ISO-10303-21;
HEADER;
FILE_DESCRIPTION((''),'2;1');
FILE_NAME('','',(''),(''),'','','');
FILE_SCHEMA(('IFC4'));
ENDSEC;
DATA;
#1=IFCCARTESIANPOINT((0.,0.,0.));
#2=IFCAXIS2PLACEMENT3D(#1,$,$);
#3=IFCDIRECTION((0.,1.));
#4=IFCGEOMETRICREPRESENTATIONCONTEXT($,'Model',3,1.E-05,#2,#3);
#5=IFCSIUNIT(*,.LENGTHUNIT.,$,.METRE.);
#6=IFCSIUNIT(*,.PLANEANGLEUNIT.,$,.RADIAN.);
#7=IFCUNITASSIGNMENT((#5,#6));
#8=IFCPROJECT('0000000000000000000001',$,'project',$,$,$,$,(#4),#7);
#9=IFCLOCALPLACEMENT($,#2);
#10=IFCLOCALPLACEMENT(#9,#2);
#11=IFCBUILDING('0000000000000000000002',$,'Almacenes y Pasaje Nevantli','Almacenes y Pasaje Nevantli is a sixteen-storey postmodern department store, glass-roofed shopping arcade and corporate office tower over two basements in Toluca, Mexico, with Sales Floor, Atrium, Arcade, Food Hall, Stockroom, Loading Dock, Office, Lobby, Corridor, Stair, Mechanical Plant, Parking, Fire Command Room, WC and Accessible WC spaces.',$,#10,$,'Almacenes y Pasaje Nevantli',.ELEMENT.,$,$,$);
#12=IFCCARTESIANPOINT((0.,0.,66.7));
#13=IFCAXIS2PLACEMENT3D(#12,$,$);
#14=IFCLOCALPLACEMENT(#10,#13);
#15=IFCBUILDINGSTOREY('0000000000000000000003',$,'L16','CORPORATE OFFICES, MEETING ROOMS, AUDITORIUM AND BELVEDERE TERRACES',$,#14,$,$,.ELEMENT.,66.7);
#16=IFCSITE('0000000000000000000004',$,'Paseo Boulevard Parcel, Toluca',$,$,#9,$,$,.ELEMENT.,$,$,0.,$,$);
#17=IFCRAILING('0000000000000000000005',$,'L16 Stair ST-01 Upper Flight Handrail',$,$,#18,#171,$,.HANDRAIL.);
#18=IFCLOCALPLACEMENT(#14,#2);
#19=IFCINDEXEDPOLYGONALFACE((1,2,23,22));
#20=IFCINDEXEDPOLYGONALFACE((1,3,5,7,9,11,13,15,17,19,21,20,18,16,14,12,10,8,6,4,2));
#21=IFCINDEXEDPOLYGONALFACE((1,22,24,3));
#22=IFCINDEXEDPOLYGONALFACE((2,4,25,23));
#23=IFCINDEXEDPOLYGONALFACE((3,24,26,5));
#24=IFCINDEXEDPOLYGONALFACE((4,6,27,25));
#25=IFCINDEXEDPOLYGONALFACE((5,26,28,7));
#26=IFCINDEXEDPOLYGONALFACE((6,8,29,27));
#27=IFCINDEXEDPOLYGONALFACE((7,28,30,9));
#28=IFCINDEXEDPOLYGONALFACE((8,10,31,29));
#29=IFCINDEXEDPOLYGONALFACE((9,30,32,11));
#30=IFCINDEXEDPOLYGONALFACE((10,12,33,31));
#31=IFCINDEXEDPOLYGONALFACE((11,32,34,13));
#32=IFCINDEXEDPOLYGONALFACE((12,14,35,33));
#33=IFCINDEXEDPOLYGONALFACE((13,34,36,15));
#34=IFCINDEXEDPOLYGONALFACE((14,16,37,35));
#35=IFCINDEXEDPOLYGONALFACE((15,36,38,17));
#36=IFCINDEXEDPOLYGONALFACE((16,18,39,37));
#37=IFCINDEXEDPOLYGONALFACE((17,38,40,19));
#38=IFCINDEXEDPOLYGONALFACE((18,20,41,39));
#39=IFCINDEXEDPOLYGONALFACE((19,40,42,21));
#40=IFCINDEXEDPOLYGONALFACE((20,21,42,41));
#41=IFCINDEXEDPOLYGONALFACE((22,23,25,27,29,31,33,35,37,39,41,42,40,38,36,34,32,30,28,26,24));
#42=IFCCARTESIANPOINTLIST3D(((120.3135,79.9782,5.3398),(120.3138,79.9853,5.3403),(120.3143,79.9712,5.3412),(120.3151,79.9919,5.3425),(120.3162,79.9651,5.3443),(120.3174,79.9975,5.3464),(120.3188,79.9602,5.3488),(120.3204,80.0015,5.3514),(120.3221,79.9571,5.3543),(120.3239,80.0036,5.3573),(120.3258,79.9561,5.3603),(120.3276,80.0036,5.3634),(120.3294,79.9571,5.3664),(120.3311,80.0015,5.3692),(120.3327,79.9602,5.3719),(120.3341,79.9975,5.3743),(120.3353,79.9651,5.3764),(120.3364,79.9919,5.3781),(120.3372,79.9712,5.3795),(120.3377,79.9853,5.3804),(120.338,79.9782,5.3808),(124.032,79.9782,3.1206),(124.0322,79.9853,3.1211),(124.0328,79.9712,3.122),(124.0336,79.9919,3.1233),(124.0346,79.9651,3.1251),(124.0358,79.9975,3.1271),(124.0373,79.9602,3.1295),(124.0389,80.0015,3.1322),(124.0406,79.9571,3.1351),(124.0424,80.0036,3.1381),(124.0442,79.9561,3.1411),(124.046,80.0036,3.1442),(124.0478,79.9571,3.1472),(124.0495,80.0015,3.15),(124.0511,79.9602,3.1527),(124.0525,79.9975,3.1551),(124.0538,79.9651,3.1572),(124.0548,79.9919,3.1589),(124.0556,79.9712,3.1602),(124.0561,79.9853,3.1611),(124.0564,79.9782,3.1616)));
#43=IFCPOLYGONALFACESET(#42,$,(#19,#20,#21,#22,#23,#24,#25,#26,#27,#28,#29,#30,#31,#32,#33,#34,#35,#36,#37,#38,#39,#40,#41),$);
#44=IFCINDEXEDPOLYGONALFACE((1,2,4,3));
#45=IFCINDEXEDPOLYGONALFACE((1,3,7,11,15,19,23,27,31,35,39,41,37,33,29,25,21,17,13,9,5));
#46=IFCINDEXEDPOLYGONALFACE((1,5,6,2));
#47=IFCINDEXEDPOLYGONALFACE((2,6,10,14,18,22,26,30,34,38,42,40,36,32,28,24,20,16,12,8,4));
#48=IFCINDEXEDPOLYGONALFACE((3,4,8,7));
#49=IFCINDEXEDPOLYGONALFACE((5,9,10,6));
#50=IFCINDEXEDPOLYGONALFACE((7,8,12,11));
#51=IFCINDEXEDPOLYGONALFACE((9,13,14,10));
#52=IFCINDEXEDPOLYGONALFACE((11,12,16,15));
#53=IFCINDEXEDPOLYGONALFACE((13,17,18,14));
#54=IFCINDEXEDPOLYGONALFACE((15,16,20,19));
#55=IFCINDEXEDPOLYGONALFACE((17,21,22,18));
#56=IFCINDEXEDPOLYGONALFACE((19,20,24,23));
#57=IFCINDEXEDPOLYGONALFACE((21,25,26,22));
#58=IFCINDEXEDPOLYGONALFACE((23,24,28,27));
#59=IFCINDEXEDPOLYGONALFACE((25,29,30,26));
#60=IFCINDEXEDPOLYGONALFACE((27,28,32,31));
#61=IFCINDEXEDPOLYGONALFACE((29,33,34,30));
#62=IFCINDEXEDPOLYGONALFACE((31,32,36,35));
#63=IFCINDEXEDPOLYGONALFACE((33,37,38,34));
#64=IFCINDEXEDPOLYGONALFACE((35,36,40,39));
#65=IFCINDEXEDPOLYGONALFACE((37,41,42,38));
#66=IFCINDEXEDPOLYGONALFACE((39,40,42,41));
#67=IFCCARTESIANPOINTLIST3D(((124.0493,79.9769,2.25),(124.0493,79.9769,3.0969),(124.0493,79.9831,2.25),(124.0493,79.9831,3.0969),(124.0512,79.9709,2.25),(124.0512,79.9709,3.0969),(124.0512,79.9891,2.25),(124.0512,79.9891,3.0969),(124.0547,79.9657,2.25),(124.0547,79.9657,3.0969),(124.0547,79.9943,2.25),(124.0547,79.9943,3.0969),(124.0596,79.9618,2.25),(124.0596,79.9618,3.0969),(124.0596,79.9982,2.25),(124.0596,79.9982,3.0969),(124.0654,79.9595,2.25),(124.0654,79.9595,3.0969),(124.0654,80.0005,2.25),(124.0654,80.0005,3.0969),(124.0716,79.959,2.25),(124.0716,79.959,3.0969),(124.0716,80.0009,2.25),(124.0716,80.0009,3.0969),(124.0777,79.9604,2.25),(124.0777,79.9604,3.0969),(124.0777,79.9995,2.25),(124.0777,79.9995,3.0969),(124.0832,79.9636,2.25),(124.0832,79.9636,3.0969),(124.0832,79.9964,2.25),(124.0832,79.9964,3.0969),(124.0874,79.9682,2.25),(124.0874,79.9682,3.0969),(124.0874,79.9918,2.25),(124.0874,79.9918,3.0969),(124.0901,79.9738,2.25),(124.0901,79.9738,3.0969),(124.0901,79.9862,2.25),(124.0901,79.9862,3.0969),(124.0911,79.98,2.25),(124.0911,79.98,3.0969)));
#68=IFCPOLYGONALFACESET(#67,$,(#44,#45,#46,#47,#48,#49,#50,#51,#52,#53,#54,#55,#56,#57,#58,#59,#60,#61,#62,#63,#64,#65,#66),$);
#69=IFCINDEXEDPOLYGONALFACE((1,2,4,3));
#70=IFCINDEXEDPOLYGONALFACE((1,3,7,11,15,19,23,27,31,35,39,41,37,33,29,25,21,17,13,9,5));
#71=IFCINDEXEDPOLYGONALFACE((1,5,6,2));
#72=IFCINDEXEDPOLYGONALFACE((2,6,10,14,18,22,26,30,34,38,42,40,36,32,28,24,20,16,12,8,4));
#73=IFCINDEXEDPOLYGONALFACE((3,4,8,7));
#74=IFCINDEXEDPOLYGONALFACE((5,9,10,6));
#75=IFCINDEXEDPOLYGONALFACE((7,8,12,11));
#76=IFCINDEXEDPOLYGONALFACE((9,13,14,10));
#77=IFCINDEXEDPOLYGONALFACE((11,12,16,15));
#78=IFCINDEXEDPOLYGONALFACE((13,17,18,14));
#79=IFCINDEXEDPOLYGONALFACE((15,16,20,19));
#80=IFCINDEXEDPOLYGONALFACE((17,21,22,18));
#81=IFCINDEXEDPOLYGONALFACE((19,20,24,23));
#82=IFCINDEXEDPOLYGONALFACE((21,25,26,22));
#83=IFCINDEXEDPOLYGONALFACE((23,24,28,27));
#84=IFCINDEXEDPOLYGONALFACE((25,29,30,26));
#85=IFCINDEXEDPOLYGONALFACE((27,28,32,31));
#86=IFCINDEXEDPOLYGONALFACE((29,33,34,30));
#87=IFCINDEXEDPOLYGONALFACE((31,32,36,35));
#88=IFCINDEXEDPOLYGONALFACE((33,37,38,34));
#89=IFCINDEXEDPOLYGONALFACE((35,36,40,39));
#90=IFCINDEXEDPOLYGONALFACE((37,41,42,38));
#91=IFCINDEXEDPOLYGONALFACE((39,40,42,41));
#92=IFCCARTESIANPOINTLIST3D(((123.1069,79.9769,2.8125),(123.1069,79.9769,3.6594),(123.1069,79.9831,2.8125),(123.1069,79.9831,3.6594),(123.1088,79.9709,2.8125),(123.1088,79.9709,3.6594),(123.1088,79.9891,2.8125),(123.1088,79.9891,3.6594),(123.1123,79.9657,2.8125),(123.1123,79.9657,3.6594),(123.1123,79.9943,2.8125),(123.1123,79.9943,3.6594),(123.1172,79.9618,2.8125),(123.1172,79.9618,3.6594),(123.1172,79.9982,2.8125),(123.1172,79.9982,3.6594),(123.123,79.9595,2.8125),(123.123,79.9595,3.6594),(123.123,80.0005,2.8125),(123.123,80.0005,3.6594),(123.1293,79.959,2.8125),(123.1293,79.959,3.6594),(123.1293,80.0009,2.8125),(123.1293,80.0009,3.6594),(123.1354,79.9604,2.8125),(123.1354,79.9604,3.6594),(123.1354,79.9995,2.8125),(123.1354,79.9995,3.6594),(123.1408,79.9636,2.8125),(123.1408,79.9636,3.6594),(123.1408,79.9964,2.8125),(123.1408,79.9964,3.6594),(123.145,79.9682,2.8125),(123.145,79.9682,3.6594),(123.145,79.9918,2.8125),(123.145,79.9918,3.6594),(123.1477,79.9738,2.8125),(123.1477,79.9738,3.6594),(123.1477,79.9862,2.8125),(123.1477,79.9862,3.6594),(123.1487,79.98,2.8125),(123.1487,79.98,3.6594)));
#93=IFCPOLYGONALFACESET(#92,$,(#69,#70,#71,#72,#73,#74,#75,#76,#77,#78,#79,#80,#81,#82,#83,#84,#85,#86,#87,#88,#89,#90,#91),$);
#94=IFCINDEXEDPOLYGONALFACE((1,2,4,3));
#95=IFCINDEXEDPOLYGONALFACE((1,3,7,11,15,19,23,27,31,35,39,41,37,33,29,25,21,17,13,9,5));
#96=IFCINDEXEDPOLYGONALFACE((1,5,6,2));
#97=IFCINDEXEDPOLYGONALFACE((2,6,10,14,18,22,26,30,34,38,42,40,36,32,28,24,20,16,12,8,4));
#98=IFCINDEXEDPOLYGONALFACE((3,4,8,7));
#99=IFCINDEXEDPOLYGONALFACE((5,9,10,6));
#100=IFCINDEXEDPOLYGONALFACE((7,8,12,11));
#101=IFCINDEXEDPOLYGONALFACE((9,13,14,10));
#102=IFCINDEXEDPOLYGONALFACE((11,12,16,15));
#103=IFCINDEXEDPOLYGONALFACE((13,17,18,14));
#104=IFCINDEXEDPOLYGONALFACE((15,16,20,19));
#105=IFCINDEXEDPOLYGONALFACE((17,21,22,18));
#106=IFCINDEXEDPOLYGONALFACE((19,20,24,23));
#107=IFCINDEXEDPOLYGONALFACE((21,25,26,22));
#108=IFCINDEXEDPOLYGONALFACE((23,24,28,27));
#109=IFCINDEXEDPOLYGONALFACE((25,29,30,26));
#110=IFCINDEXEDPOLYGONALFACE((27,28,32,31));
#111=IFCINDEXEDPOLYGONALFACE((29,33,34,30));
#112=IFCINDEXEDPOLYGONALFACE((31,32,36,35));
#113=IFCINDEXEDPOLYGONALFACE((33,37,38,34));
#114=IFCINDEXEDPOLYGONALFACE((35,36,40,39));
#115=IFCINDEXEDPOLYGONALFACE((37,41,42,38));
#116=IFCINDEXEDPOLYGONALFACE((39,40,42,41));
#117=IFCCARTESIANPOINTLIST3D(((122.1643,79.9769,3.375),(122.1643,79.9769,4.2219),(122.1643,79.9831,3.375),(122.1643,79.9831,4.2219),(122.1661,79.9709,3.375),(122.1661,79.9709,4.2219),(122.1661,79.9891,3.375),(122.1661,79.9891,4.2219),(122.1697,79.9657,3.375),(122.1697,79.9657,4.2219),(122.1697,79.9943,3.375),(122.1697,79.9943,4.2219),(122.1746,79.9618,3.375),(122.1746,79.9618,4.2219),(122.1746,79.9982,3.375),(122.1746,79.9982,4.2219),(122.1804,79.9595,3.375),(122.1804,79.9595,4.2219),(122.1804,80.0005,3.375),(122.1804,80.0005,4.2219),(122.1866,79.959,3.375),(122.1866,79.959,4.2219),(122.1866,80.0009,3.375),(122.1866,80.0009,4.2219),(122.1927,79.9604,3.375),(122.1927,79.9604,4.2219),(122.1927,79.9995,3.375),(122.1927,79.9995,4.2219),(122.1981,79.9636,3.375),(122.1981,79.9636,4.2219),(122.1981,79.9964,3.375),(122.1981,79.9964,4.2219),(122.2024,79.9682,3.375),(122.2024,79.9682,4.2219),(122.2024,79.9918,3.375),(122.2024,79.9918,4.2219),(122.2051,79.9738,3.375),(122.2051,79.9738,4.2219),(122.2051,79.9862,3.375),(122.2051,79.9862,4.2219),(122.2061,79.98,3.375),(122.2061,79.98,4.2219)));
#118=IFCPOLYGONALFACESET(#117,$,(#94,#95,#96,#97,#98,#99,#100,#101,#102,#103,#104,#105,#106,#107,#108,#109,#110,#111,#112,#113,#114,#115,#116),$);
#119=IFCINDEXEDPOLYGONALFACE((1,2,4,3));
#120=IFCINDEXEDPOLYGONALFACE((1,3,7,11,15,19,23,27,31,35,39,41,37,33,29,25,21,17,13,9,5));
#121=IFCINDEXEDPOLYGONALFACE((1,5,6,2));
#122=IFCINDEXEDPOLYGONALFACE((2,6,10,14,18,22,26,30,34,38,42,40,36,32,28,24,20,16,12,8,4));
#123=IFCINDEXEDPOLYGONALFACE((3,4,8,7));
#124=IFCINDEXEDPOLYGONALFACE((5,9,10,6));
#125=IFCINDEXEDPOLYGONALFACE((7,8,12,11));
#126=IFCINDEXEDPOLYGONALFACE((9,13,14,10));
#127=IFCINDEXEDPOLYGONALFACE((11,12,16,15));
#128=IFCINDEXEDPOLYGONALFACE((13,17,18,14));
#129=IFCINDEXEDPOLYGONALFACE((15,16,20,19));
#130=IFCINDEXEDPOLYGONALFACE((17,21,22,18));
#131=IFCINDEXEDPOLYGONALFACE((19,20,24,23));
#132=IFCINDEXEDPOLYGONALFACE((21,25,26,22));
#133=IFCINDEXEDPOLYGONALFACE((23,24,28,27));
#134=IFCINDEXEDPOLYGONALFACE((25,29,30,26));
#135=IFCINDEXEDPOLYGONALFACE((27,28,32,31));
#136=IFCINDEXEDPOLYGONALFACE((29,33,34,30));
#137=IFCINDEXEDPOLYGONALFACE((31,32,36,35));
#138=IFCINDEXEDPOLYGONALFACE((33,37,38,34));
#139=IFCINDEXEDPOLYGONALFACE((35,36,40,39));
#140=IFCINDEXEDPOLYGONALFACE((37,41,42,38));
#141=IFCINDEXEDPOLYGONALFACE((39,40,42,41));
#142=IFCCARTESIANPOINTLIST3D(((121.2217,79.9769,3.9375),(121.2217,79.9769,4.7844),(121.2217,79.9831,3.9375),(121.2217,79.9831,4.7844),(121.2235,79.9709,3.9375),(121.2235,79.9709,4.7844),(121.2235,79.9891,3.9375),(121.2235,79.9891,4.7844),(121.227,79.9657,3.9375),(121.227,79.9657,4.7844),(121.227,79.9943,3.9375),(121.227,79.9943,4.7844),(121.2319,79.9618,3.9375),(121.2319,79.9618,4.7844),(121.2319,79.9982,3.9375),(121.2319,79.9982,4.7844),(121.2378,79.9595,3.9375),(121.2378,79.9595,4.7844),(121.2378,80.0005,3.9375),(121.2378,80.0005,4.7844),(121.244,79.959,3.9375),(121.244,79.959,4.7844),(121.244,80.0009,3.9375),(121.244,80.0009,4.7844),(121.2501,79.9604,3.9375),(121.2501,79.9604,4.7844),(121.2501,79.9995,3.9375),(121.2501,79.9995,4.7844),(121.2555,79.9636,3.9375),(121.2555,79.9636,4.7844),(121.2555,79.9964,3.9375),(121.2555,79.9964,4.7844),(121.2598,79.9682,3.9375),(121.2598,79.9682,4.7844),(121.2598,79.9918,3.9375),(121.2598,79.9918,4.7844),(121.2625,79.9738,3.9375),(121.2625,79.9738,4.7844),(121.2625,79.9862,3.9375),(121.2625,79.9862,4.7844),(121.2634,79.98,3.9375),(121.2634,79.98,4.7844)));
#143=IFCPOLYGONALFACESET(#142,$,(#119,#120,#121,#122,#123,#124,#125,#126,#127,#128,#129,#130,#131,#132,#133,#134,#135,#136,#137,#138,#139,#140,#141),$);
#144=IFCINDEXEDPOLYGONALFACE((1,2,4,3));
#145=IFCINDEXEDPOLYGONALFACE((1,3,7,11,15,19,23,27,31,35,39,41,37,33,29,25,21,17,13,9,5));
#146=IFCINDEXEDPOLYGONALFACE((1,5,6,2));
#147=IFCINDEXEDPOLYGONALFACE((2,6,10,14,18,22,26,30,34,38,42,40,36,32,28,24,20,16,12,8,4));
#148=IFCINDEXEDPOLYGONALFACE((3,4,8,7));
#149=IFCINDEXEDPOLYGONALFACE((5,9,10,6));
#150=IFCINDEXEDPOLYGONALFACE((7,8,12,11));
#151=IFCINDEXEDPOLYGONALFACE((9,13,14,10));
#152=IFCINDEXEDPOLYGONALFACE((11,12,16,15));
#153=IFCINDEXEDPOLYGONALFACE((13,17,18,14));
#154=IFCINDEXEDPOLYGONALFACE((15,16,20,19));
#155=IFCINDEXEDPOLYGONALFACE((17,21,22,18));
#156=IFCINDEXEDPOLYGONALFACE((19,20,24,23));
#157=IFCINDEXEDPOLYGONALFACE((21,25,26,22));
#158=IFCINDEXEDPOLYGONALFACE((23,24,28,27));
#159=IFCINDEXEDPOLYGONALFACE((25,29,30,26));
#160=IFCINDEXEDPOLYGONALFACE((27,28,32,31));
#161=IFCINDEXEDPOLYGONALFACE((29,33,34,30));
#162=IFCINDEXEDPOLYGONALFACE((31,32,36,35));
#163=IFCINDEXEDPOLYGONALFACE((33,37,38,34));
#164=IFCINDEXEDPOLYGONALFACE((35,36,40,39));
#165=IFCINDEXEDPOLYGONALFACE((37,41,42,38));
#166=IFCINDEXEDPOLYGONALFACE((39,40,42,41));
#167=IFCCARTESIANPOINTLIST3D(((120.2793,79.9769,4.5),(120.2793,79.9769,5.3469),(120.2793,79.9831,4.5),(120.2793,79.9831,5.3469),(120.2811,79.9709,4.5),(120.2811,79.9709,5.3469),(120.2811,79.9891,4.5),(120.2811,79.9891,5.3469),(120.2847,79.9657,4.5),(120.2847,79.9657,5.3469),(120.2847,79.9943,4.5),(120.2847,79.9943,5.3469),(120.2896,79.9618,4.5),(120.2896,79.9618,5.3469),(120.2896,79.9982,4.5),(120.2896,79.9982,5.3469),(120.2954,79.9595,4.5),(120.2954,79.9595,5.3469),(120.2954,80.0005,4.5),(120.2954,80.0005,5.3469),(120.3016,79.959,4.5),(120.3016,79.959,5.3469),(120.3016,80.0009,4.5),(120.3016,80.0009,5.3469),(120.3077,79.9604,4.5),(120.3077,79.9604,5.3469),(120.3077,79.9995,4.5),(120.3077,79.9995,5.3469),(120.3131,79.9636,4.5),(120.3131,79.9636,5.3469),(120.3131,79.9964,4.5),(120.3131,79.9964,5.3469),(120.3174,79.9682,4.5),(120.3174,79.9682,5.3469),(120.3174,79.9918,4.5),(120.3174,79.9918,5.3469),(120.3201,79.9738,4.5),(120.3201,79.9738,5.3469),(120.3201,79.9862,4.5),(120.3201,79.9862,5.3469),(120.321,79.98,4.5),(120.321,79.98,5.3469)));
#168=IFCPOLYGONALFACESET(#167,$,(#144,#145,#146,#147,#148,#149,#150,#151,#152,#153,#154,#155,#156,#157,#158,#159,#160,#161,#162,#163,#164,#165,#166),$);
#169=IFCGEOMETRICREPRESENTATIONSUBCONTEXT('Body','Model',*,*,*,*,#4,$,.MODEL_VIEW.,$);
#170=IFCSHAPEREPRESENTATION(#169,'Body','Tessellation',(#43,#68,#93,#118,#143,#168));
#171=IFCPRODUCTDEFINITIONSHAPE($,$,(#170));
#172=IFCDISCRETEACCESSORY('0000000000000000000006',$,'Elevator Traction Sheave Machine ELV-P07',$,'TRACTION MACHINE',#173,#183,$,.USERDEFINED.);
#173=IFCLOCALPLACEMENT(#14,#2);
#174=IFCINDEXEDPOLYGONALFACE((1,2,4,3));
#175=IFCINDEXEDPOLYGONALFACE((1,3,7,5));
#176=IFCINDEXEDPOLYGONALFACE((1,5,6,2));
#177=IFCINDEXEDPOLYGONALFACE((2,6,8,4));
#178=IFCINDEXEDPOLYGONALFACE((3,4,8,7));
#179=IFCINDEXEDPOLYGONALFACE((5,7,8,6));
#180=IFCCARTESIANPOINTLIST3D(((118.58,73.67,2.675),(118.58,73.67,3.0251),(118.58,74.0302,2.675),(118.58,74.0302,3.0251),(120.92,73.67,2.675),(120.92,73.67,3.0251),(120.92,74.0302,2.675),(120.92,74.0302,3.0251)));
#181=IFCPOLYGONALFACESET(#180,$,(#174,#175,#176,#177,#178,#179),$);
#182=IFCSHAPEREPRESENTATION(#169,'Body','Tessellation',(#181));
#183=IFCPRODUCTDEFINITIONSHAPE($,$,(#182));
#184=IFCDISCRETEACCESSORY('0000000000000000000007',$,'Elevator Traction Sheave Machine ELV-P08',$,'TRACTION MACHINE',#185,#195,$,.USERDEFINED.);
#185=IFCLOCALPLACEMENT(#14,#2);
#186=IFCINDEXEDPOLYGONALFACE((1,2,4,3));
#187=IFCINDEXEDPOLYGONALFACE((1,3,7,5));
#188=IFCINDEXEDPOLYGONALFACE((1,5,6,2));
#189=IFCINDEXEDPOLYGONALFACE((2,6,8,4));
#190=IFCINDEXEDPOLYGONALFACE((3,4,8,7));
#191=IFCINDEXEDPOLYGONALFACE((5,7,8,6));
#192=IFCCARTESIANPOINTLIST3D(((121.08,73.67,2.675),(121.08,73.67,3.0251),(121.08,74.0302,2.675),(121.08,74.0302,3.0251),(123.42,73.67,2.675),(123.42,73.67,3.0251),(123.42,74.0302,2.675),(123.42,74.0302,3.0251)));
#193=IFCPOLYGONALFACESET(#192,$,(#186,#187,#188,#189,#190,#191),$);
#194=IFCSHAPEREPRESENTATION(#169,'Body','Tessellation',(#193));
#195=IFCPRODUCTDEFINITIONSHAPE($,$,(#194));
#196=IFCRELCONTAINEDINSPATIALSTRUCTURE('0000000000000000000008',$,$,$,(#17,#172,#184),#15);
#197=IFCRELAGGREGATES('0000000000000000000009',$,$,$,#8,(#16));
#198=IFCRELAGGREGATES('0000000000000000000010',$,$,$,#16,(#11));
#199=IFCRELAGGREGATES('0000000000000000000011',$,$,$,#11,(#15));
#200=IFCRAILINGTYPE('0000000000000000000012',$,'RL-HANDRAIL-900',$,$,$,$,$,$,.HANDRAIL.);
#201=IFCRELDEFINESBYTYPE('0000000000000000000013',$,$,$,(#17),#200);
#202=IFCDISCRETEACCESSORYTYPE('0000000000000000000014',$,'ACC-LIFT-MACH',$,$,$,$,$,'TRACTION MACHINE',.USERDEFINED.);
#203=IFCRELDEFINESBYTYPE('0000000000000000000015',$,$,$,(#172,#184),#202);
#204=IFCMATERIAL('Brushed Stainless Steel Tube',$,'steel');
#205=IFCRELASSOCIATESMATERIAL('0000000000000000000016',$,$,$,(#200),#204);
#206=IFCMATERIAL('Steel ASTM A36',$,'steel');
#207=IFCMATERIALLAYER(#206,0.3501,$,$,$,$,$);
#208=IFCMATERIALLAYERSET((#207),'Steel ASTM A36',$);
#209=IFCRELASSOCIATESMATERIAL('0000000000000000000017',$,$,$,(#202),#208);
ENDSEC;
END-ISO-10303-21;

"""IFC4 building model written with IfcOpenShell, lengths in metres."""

from ifc_helpers import new_model, si_unit, direction, frame, origin, origin_2d, place, context, subcontext, project, spatial, rectangle, circle, extrude, material, layer, layer_set, type_object, element, save


model = new_model("IFC4")

# Units and contexts
model_context = context("Model", 3, precision=1e-05, world=origin(), true_north=direction((0.0, 1.0)))
body_context = subcontext(model_context, "Body", "Model", "MODEL_VIEW")
ifc_project = project(units=[si_unit("LENGTHUNIT", "METRE"), si_unit("PLANEANGLEUNIT", "RADIAN")], contexts=[model_context])

# Site, building, storey
site_placement = place(None, origin())
site = spatial("IfcSite", under=ifc_project, at=site_placement, Name="Paseo Boulevard Parcel, Toluca", CompositionType="ELEMENT", RefElevation=0.0)
building_placement = place(site_placement, origin())
building = spatial("IfcBuilding", under=site, at=building_placement, Name="Almacenes y Pasaje Nevantli", Description="Almacenes y Pasaje Nevantli is a sixteen-storey postmodern department store, glass-roofed shopping arcade and corporate office tower over two basements in Toluca, Mexico, with Sales Floor, Atrium, Arcade, Food Hall, Stockroom, Loading Dock, Office, Lobby, Corridor, Stair, Mechanical Plant, Parking, Fire Command Room, WC and Accessible WC spaces.", LongName="Almacenes y Pasaje Nevantli", CompositionType="ELEMENT")
storey_placement = place(building_placement, frame((0.0, 0.0, 66.7)))
storey = spatial("IfcBuildingStorey", under=building, at=storey_placement, Name="L16", Description="CORPORATE OFFICES, MEETING ROOMS, AUDITORIUM AND BELVEDERE TERRACES", CompositionType="ELEMENT", Elevation=66.7)

# Railing
ifc_material_1 = material(Name="Brushed Stainless Steel Tube", Category="steel")
railing_type_1 = type_object("IfcRailingType", Name="RL-HANDRAIL-900", PredefinedType="HANDRAIL", material=ifc_material_1)
railing_1_placement = place(storey_placement, frame((124.0701, 79.98, 2.25)))
element("IfcRailing", 1, at=railing_1_placement, inside=storey, type_object=railing_type_1, Name="L16 Stair ST-01 Upper Flight Handrail", PredefinedType="HANDRAIL", context=body_context, shape_type="SweptSolid", body=[
    extrude(circle(Radius=0.0239, at=origin_2d()), frame((-0.0259, 0.0, 0.8911), z_axis=(-0.858698, 0.0, 0.512483), x_axis=(0.0, -1.0, 0.0)), (0.0, 0.0, 1.0), 4.3303),
    extrude(circle(Radius=0.021, at=origin_2d()), origin(), (0.0, 0.0, 1.0), 0.8469),
    extrude(circle(Radius=0.021, at=origin_2d()), frame((-0.9424, 0.0, 0.5625)), (0.0, 0.0, 1.0), 0.8469),
    extrude(circle(Radius=0.021, at=origin_2d()), frame((-1.885, 0.0, 1.125)), (0.0, 0.0, 1.0), 0.8469),
    extrude(circle(Radius=0.021, at=origin_2d()), frame((-2.8276, 0.0, 1.6875)), (0.0, 0.0, 1.0), 0.8469),
    extrude(circle(Radius=0.021, at=origin_2d()), frame((-3.77, 0.0, 2.25)), (0.0, 0.0, 1.0), 0.8469),
])

# Discrete accessories
ifc_material_2 = material(Name="Steel ASTM A36", Category="steel")
ifc_layer_1 = layer(ifc_material_2, 0.3501)
ifc_layer_set_1 = layer_set([ifc_layer_1], Name="Steel ASTM A36")
discrete_accessory_type = type_object("IfcDiscreteAccessoryType", Name="ACC-LIFT-MACH", ElementType="TRACTION MACHINE", PredefinedType="USERDEFINED", material=ifc_layer_set_1)
for number, where, z_axis, x_axis, name in (
    (2, (119.75, 73.8501, 2.675), (0.0, 0.0, 1.0), (1.0, 0.0, 0.0), "Elevator Traction Sheave Machine ELV-P07"),
    (3, (122.25, 73.8501, 2.675), (0.0, 0.0, 1.0), (1.0, 0.0, 0.0), "Elevator Traction Sheave Machine ELV-P08"),
):
    element("IfcDiscreteAccessory", number, at=place(storey_placement, frame(where, z_axis=z_axis, x_axis=x_axis)), inside=storey, type_object=discrete_accessory_type, Name=name, ObjectType="TRACTION MACHINE", PredefinedType="USERDEFINED", context=body_context, shape_type="SweptSolid", body=[
        extrude(rectangle(XDim=2.3401, YDim=0.3601, at=origin_2d()), origin(), (0.0, 0.0, 1.0), 0.3501),
    ])

save(model, "model.ifc")
